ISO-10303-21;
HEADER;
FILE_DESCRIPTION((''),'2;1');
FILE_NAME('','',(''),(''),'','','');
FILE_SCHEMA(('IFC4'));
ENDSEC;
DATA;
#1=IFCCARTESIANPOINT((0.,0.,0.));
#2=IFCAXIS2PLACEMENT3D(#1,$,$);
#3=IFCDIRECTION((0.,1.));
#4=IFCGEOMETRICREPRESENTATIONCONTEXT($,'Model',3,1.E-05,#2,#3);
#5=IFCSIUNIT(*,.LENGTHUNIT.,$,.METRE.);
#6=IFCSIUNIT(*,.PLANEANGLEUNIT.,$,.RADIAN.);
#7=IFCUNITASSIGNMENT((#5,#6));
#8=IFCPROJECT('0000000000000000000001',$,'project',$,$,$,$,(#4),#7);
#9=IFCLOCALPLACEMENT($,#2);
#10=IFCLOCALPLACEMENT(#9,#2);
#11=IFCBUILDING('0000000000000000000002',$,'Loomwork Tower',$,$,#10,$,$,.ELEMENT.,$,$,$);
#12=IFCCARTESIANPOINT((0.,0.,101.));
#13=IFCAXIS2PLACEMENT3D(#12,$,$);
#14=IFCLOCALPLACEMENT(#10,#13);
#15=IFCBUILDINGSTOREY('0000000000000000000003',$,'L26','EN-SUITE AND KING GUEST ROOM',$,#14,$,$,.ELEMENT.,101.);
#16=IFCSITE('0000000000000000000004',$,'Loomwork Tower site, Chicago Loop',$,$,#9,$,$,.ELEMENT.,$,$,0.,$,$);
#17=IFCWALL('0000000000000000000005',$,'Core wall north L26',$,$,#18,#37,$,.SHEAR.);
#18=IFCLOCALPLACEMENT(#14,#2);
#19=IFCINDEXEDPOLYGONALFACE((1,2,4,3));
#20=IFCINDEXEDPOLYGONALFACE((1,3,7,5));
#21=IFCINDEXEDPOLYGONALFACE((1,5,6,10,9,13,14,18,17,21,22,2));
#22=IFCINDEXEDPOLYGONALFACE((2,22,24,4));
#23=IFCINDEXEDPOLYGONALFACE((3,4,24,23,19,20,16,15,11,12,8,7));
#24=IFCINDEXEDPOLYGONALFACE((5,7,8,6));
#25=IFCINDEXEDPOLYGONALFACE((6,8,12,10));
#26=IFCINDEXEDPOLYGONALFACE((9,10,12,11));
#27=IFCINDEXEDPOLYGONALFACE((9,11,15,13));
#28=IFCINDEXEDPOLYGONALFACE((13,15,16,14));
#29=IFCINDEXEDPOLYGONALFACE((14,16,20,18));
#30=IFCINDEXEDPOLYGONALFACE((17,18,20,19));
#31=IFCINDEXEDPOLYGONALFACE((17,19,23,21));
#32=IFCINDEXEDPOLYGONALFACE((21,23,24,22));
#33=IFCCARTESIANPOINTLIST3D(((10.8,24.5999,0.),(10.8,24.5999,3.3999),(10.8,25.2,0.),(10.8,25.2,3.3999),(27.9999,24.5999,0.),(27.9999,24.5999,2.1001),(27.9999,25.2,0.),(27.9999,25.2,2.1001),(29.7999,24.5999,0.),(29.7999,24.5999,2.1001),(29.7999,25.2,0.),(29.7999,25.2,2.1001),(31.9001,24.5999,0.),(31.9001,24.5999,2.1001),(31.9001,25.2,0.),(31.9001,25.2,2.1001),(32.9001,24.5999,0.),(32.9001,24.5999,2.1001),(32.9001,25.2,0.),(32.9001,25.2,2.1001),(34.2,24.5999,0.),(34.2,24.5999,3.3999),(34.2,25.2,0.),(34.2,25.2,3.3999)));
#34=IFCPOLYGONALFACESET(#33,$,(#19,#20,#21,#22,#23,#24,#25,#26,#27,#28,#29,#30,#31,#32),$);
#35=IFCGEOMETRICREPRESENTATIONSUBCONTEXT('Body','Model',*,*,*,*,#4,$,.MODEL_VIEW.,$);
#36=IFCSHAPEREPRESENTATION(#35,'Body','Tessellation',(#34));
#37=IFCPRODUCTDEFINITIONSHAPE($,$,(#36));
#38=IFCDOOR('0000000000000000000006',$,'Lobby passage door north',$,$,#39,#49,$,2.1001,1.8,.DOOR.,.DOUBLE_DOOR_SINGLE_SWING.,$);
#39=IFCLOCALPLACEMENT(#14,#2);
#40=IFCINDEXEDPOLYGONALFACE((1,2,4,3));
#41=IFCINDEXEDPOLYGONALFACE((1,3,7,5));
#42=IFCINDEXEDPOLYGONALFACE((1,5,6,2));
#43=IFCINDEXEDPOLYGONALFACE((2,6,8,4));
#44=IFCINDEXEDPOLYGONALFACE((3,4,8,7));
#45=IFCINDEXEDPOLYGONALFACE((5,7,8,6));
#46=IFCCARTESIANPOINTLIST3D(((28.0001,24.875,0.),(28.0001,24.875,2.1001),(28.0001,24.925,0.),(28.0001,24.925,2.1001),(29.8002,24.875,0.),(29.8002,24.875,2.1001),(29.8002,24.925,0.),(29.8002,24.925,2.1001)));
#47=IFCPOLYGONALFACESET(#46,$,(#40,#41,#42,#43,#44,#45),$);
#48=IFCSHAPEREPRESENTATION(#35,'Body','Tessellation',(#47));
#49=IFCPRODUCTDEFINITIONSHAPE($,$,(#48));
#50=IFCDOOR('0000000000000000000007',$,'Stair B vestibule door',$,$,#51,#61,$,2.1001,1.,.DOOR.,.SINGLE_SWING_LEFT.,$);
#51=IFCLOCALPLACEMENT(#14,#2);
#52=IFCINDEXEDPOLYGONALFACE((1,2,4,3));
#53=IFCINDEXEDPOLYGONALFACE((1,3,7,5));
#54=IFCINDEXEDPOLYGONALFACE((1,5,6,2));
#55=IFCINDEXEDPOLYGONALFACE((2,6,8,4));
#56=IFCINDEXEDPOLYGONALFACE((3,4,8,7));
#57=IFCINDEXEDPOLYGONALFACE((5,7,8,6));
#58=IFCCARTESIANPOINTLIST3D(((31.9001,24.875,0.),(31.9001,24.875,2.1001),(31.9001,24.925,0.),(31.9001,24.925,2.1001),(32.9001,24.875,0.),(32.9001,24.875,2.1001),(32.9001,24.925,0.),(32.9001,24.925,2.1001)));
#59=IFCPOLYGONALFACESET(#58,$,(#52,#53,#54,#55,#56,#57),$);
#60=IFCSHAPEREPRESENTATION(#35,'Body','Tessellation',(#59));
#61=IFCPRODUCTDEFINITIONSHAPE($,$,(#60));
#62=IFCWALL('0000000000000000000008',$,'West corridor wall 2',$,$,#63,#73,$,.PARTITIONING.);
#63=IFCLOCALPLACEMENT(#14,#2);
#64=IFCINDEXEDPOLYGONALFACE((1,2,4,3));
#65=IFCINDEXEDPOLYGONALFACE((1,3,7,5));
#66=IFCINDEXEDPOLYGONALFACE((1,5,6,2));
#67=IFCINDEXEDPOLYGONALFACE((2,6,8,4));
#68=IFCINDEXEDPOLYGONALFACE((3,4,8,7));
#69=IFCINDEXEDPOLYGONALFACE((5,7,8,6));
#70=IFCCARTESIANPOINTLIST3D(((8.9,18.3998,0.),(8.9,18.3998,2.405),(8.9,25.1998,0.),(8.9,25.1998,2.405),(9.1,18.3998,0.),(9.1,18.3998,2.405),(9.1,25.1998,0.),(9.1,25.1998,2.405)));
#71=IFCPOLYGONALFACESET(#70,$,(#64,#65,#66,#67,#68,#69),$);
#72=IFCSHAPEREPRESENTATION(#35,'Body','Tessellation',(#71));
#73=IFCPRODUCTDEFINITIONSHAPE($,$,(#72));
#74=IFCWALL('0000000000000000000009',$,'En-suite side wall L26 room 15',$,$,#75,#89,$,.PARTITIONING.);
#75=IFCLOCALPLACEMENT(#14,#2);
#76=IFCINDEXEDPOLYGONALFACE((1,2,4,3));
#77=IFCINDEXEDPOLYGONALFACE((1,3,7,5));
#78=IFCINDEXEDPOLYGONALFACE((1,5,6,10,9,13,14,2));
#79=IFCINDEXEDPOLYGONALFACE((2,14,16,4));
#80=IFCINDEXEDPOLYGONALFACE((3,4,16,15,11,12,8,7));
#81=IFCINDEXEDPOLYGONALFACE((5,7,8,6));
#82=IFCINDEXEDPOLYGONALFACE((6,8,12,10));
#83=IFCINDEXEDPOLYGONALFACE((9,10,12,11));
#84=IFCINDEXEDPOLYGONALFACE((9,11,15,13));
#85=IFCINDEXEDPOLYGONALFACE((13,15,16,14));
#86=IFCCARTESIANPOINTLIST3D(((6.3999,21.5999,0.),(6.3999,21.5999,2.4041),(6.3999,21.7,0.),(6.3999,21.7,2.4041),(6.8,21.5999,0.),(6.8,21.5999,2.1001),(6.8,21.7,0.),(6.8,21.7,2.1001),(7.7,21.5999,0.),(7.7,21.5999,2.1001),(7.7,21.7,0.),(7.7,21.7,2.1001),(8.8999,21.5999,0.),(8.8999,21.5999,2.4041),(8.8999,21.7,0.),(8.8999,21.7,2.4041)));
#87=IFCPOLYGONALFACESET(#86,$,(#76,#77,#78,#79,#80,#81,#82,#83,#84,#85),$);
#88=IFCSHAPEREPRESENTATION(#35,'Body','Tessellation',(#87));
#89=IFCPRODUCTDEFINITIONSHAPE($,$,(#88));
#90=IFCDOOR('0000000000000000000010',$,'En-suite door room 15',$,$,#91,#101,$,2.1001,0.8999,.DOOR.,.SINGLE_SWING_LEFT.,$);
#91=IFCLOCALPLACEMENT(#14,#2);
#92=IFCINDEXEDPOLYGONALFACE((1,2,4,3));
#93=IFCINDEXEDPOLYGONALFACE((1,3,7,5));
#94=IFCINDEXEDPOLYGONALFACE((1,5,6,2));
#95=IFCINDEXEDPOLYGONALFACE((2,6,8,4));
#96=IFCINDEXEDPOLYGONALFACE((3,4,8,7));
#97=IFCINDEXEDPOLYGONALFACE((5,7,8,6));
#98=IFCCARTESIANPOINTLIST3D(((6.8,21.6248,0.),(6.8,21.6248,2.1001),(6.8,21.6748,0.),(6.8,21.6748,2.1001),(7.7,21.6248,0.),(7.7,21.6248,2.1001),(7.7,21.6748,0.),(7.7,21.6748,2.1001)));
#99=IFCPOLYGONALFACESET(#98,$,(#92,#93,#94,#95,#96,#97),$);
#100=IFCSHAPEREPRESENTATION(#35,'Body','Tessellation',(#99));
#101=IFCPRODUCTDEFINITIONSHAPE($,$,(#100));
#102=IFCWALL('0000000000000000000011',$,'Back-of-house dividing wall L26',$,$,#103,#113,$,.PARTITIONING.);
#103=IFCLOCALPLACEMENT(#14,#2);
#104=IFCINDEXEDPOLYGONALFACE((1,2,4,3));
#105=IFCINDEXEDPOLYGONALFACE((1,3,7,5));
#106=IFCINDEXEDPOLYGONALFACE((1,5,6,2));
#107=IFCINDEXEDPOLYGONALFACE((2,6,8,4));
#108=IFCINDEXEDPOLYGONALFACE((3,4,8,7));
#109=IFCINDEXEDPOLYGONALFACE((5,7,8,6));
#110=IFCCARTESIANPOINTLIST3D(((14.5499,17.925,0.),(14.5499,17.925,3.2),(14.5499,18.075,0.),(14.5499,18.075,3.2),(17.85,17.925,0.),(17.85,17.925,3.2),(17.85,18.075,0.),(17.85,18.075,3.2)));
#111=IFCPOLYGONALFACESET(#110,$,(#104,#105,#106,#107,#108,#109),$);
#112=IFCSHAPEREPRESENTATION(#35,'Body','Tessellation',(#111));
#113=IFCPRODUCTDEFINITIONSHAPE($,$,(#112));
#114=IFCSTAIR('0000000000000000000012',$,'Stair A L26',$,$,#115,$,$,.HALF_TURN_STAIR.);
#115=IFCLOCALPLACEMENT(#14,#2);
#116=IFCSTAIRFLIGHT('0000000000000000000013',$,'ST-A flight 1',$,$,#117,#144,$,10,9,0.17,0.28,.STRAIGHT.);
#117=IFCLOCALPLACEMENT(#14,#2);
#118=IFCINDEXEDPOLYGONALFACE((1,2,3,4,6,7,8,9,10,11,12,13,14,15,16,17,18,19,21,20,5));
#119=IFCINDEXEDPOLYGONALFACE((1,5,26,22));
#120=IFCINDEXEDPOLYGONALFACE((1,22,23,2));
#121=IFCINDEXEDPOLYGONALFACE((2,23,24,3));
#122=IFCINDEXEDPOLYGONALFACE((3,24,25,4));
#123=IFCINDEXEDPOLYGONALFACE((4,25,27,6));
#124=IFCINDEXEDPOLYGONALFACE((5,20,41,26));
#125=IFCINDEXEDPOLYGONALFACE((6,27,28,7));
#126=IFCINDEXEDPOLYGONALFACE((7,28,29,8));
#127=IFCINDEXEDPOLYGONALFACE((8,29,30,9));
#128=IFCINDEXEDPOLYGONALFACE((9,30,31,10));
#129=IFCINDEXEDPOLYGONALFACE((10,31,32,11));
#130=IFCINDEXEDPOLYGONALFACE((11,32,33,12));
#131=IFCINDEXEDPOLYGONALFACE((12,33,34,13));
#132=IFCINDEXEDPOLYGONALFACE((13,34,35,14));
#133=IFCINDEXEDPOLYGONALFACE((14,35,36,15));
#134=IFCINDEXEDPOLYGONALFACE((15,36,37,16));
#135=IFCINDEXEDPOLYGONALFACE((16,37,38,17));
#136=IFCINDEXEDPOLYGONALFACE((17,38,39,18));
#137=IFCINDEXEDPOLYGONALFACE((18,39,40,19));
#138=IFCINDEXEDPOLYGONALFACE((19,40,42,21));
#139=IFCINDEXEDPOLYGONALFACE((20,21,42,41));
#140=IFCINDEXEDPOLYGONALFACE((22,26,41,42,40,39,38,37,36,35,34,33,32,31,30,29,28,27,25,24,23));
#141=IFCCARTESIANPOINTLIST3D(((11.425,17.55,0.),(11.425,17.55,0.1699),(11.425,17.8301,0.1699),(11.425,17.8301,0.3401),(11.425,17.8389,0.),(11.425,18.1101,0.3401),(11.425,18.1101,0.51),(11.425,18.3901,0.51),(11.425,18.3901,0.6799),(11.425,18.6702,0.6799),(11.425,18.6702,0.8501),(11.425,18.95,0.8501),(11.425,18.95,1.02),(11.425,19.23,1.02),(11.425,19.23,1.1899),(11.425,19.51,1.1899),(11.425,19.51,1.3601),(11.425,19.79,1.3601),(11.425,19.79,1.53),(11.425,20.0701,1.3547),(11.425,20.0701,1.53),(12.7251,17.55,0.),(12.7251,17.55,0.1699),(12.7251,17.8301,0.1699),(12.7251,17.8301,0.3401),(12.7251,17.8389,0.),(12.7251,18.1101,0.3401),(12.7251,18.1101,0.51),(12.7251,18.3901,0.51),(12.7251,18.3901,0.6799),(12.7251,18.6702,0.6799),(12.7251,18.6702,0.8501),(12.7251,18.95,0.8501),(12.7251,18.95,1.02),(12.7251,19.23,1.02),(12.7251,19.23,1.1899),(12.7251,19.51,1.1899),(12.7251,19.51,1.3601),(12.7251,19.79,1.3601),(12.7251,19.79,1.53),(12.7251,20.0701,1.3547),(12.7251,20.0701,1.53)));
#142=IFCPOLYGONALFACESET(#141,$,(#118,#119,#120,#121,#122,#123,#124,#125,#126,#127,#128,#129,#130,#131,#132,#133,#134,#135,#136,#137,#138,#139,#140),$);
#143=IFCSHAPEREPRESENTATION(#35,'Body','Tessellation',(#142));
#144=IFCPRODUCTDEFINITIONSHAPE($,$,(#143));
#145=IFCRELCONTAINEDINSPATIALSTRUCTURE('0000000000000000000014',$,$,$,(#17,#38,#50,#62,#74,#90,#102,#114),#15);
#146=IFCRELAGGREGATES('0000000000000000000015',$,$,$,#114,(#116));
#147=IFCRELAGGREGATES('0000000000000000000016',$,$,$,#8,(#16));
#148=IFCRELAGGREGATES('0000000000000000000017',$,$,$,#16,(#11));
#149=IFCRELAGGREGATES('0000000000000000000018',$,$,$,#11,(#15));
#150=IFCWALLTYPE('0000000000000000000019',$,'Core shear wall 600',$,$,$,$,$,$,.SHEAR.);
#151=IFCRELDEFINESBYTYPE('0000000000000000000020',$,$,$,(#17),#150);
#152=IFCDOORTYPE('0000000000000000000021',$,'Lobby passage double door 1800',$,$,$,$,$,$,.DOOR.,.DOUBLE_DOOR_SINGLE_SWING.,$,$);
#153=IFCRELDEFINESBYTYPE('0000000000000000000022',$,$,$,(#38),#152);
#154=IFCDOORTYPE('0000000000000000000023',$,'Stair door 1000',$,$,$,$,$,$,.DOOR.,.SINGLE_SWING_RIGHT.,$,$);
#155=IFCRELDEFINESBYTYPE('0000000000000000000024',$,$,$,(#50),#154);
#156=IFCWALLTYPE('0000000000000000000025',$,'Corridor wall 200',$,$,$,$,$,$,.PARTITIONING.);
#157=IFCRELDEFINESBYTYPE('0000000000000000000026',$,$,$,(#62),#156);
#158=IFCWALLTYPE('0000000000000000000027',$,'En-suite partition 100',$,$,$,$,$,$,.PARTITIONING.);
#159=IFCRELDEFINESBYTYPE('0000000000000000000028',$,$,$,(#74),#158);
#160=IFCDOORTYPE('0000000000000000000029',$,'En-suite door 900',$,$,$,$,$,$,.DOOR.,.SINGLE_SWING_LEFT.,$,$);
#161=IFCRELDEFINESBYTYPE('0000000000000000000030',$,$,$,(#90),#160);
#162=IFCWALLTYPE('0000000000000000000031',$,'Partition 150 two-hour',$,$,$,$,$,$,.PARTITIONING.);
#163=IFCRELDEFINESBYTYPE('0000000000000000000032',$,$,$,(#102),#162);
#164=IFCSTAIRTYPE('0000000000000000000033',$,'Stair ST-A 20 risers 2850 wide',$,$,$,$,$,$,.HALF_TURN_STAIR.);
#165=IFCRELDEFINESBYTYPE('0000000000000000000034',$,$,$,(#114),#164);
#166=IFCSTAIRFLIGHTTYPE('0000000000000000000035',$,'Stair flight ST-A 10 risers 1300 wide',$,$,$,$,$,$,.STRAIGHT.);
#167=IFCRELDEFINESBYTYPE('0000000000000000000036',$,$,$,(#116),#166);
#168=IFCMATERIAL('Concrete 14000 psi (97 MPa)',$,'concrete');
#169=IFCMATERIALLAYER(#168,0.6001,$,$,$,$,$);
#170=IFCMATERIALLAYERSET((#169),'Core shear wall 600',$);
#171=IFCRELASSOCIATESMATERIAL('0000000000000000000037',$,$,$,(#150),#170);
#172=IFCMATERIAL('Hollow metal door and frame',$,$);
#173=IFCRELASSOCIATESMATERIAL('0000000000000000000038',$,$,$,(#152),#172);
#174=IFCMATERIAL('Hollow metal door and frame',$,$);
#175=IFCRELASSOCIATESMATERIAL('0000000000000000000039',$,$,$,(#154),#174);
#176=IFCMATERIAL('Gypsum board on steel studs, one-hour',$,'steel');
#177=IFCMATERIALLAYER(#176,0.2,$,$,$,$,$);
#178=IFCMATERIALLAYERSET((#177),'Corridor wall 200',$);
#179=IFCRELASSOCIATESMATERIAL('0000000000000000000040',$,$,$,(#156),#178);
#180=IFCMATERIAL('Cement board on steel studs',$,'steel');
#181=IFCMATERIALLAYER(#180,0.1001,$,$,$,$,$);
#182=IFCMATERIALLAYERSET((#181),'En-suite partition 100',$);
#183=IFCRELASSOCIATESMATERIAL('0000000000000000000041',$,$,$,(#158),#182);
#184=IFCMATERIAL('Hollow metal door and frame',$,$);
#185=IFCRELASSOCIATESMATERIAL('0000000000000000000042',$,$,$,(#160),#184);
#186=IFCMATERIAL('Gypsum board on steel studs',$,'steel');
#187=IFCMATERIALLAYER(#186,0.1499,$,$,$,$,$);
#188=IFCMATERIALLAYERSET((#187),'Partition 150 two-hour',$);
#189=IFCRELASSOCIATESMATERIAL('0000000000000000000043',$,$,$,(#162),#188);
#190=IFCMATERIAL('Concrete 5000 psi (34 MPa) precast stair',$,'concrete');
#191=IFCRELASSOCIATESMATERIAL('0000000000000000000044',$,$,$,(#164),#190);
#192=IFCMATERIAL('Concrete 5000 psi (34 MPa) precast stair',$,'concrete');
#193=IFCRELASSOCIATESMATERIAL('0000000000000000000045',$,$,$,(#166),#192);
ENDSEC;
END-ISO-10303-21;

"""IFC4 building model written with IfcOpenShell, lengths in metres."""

from ifc_helpers import new_model, si_unit, direction, frame, frame_2d, origin, place, context, subcontext, project, spatial, polyline, rectangle, outline, extrude, material, layer, layer_set, type_object, element, fill, aggregate, save


model = new_model("IFC4")

# Units and contexts
model_context = context("Model", 3, precision=1e-05, world=origin(), true_north=direction((0.0, 1.0)))
body_context = subcontext(model_context, "Body", "Model", "MODEL_VIEW")
ifc_project = project(units=[si_unit("LENGTHUNIT", "METRE"), si_unit("PLANEANGLEUNIT", "RADIAN")], contexts=[model_context])

# Site, building, storey
site_placement = place(None, origin())
site = spatial("IfcSite", under=ifc_project, at=site_placement, Name="Loomwork Tower site, Chicago Loop", CompositionType="ELEMENT", RefElevation=0.0)
building_placement = place(site_placement, origin())
building = spatial("IfcBuilding", under=site, at=building_placement, Name="Loomwork Tower", CompositionType="ELEMENT")
storey_placement = place(building_placement, frame((0.0, 0.0, 101.0)))
storey = spatial("IfcBuildingStorey", under=building, at=storey_placement, Name="L26", Description="EN-SUITE AND KING GUEST ROOM", CompositionType="ELEMENT", Elevation=101.0)

# Wall, openings, doors
ifc_material_1 = material(Name="Concrete 14000 psi (97 MPa)", Category="concrete")
ifc_layer_1 = layer(ifc_material_1, 0.6001)
ifc_layer_set_1 = layer_set([ifc_layer_1], Name="Core shear wall 600")
wall_type_1 = type_object("IfcWallType", Name="Core shear wall 600", PredefinedType="SHEAR", material=ifc_layer_set_1)
wall_1_placement = place(storey_placement, frame((10.8, 24.8999, 0.0), z_axis=(0.0, 0.0, 1.0), x_axis=(1.0, 0.0, 0.0)))
wall_1 = element("IfcWall", 1, at=wall_1_placement, inside=storey, type_object=wall_type_1, Name="Core wall north L26", PredefinedType="SHEAR", context=body_context, shape_type="SweptSolid", body=[
    extrude(rectangle(XDim=23.3999, YDim=0.6001, at=frame_2d((11.7, 0.0))), origin(), (0.0, 0.0, 1.0), 3.3999),
])
opening_1_placement = place(wall_1_placement, frame((17.2, 0.0, 0.0)))
opening_1 = element("IfcOpeningElement", 2, at=opening_1_placement, cuts=wall_1, PredefinedType="OPENING", context=body_context, shape_type="SweptSolid", body=[
    extrude(rectangle(XDim=1.8, YDim=2.1001, at=frame_2d((0.8999, 1.05))), frame((0.0, 0.3101, 0.0), z_axis=(0.0, -1.0, 0.0), x_axis=(1.0, 0.0, 0.0)), (0.0, 0.0, 1.0), 0.6201),
])
opening_2_placement = place(wall_1_placement, frame((21.1001, 0.0, 0.0)))
opening_2 = element("IfcOpeningElement", 3, at=opening_2_placement, cuts=wall_1, PredefinedType="OPENING", context=body_context, shape_type="SweptSolid", body=[
    extrude(rectangle(XDim=1.0, YDim=2.1001, at=frame_2d((0.5, 1.05))), frame((0.0, 0.3101, 0.0), z_axis=(0.0, -1.0, 0.0), x_axis=(1.0, 0.0, 0.0)), (0.0, 0.0, 1.0), 0.6201),
])
ifc_material_2 = material(Name="Hollow metal door and frame")
door_type_1 = type_object("IfcDoorType", Name="Lobby passage double door 1800", OperationType="DOUBLE_DOOR_SINGLE_SWING", PredefinedType="DOOR", material=ifc_material_2)
door_1_placement = place(opening_1_placement, frame((1.8, 0.0, 0.0), z_axis=(0.0, 0.0, 1.0), x_axis=(-1.0, 0.0, 0.0)))
door_1 = element("IfcDoor", 4, at=door_1_placement, inside=storey, type_object=door_type_1, Name="Lobby passage door north", OperationType="DOUBLE_DOOR_SINGLE_SWING", OverallHeight=2.1001, OverallWidth=1.8, PredefinedType="DOOR", context=body_context, shape_type="SweptSolid", body=[
    extrude(rectangle(XDim=1.8, YDim=2.1001, at=frame_2d((0.8999, 1.05))), frame((0.0, 0.0249, 0.0), z_axis=(0.0, -1.0, 0.0), x_axis=(1.0, 0.0, 0.0)), (0.0, 0.0, 1.0), 0.05),
])
fill(opening_1, door_1)
ifc_material_3 = material(Name="Hollow metal door and frame")
door_type_2 = type_object("IfcDoorType", Name="Stair door 1000", OperationType="SINGLE_SWING_RIGHT", PredefinedType="DOOR", material=ifc_material_3)
door_2_placement = place(opening_2_placement, frame((1.0, 0.0, 0.0), z_axis=(0.0, 0.0, 1.0), x_axis=(-1.0, 0.0, 0.0)))
door_2 = element("IfcDoor", 5, at=door_2_placement, inside=storey, type_object=door_type_2, Name="Stair B vestibule door", OperationType="SINGLE_SWING_LEFT", OverallHeight=2.1001, OverallWidth=1.0, PredefinedType="DOOR", context=body_context, shape_type="SweptSolid", body=[
    extrude(rectangle(XDim=1.0, YDim=2.1001, at=frame_2d((0.5, 1.05))), frame((0.0, 0.0249, 0.0), z_axis=(0.0, -1.0, 0.0), x_axis=(1.0, 0.0, 0.0)), (0.0, 0.0, 1.0), 0.05),
])
fill(opening_2, door_2)

# Wall
ifc_material_4 = material(Name="Gypsum board on steel studs, one-hour", Category="steel")
ifc_layer_2 = layer(ifc_material_4, 0.2)
ifc_layer_set_2 = layer_set([ifc_layer_2], Name="Corridor wall 200")
wall_type_2 = type_object("IfcWallType", Name="Corridor wall 200", PredefinedType="PARTITIONING", material=ifc_layer_set_2)
wall_2_placement = place(storey_placement, frame((9.0, 18.3999, 0.0), z_axis=(0.0, 0.0, 1.0), x_axis=(0.0, 1.0, 0.0)))
element("IfcWall", 6, at=wall_2_placement, inside=storey, type_object=wall_type_2, Name="West corridor wall 2", PredefinedType="PARTITIONING", context=body_context, shape_type="SweptSolid", body=[
    extrude(rectangle(XDim=6.8, YDim=0.2, at=frame_2d((3.3999, 0.0))), origin(), (0.0, 0.0, 1.0), 2.405),
])

# Wall, opening, door
ifc_material_5 = material(Name="Cement board on steel studs", Category="steel")
ifc_layer_3 = layer(ifc_material_5, 0.1001)
ifc_layer_set_3 = layer_set([ifc_layer_3], Name="En-suite partition 100")
wall_type_3 = type_object("IfcWallType", Name="En-suite partition 100", PredefinedType="PARTITIONING", material=ifc_layer_set_3)
wall_3_placement = place(storey_placement, frame((8.8999, 21.6499, 0.0), z_axis=(0.0, 0.0, 1.0), x_axis=(-1.0, 0.0, 0.0)))
wall_3 = element("IfcWall", 7, at=wall_3_placement, inside=storey, type_object=wall_type_3, Name="En-suite side wall L26 room 15", PredefinedType="PARTITIONING", context=body_context, shape_type="SweptSolid", body=[
    extrude(rectangle(XDim=2.5, YDim=0.1001, at=frame_2d((1.25, 0.0))), origin(), (0.0, 0.0, 1.0), 2.4041),
])
opening_3_placement = place(wall_3_placement, frame((1.2, 0.0, 0.0)))
opening_3 = element("IfcOpeningElement", 8, at=opening_3_placement, cuts=wall_3, PredefinedType="OPENING", context=body_context, shape_type="SweptSolid", body=[
    extrude(rectangle(XDim=0.8999, YDim=2.1001, at=frame_2d((0.45, 1.05))), frame((0.0, 0.0601, 0.0), z_axis=(0.0, -1.0, 0.0), x_axis=(1.0, 0.0, 0.0)), (0.0, 0.0, 1.0), 0.1201),
])
ifc_material_6 = material(Name="Hollow metal door and frame")
door_type_3 = type_object("IfcDoorType", Name="En-suite door 900", OperationType="SINGLE_SWING_LEFT", PredefinedType="DOOR", material=ifc_material_6)
door_3_placement = place(opening_3_placement, frame((0.8999, 0.0, 0.0), z_axis=(0.0, 0.0, 1.0), x_axis=(-1.0, 0.0, 0.0)))
door_3 = element("IfcDoor", 9, at=door_3_placement, inside=storey, type_object=door_type_3, Name="En-suite door room 15", OperationType="SINGLE_SWING_LEFT", OverallHeight=2.1001, OverallWidth=0.8999, PredefinedType="DOOR", context=body_context, shape_type="SweptSolid", body=[
    extrude(rectangle(XDim=0.8999, YDim=2.1001, at=frame_2d((0.45, 1.05))), frame((0.0, 0.0249, 0.0), z_axis=(0.0, -1.0, 0.0), x_axis=(1.0, 0.0, 0.0)), (0.0, 0.0, 1.0), 0.05),
])
fill(opening_3, door_3)

# Wall
ifc_material_7 = material(Name="Gypsum board on steel studs", Category="steel")
ifc_layer_4 = layer(ifc_material_7, 0.1499)
ifc_layer_set_4 = layer_set([ifc_layer_4], Name="Partition 150 two-hour")
wall_type_4 = type_object("IfcWallType", Name="Partition 150 two-hour", PredefinedType="PARTITIONING", material=ifc_layer_set_4)
wall_4_placement = place(storey_placement, frame((14.55, 18.0, 0.0), z_axis=(0.0, 0.0, 1.0), x_axis=(1.0, 0.0, 0.0)))
element("IfcWall", 10, at=wall_4_placement, inside=storey, type_object=wall_type_4, Name="Back-of-house dividing wall L26", PredefinedType="PARTITIONING", context=body_context, shape_type="SweptSolid", body=[
    extrude(rectangle(XDim=3.3, YDim=0.1499, at=frame_2d((1.6499, 0.0))), origin(), (0.0, 0.0, 1.0), 3.2),
])

# Stair, stair flight
ifc_material_8 = material(Name="Concrete 5000 psi (34 MPa) precast stair", Category="concrete")
stair_type = type_object("IfcStairType", Name="Stair ST-A 20 risers 2850 wide", PredefinedType="HALF_TURN_STAIR", material=ifc_material_8)
stair_placement = place(storey_placement, origin())
stair = element("IfcStair", 11, at=stair_placement, inside=storey, type_object=stair_type, Name="Stair A L26", PredefinedType="HALF_TURN_STAIR")
ifc_material_9 = material(Name="Concrete 5000 psi (34 MPa) precast stair", Category="concrete")
stair_flight_type = type_object("IfcStairFlightType", Name="Stair flight ST-A 10 risers 1300 wide", PredefinedType="STRAIGHT", material=ifc_material_9)
stair_flight_1_placement = place(storey_placement, frame((12.075, 17.55, 0.0), z_axis=(0.0, 0.0, 1.0), x_axis=(0.0, 1.0, 0.0)))
stair_flight_1 = element("IfcStairFlight", 12, at=stair_flight_1_placement, type_object=stair_flight_type, Name="ST-A flight 1", NumberOfRisers=10, NumberOfTreads=9, PredefinedType="STRAIGHT", RiserHeight=0.17, TreadLength=0.28, context=body_context, shape_type="SweptSolid", body=[
    extrude(outline(polyline([(0.0, 0.0), (0.0, 0.1699), (0.28, 0.1699), (0.28, 0.3401), (0.5601, 0.3401), (0.5601, 0.51), (0.8401, 0.51), (0.8401, 0.6799), (1.1201, 0.6799), (1.1201, 0.8501), (1.3999, 0.8501), (1.3999, 1.02), (1.6799, 1.02), (1.6799, 1.1899), (1.96, 1.1899), (1.96, 1.3601), (2.24, 1.3601), (2.24, 1.53), (2.52, 1.53), (2.52, 1.7), (2.52, 1.3547), (0.2888, 0.0), (0.0, 0.0)])), frame((0.0, 0.6499, 0.0), z_axis=(0.0, -1.0, 0.0), x_axis=(1.0, 0.0, 0.0)), (0.0, 0.0, 1.0), 1.3),
])
aggregate(stair, [stair_flight_1])

save(model, "model.ifc")
